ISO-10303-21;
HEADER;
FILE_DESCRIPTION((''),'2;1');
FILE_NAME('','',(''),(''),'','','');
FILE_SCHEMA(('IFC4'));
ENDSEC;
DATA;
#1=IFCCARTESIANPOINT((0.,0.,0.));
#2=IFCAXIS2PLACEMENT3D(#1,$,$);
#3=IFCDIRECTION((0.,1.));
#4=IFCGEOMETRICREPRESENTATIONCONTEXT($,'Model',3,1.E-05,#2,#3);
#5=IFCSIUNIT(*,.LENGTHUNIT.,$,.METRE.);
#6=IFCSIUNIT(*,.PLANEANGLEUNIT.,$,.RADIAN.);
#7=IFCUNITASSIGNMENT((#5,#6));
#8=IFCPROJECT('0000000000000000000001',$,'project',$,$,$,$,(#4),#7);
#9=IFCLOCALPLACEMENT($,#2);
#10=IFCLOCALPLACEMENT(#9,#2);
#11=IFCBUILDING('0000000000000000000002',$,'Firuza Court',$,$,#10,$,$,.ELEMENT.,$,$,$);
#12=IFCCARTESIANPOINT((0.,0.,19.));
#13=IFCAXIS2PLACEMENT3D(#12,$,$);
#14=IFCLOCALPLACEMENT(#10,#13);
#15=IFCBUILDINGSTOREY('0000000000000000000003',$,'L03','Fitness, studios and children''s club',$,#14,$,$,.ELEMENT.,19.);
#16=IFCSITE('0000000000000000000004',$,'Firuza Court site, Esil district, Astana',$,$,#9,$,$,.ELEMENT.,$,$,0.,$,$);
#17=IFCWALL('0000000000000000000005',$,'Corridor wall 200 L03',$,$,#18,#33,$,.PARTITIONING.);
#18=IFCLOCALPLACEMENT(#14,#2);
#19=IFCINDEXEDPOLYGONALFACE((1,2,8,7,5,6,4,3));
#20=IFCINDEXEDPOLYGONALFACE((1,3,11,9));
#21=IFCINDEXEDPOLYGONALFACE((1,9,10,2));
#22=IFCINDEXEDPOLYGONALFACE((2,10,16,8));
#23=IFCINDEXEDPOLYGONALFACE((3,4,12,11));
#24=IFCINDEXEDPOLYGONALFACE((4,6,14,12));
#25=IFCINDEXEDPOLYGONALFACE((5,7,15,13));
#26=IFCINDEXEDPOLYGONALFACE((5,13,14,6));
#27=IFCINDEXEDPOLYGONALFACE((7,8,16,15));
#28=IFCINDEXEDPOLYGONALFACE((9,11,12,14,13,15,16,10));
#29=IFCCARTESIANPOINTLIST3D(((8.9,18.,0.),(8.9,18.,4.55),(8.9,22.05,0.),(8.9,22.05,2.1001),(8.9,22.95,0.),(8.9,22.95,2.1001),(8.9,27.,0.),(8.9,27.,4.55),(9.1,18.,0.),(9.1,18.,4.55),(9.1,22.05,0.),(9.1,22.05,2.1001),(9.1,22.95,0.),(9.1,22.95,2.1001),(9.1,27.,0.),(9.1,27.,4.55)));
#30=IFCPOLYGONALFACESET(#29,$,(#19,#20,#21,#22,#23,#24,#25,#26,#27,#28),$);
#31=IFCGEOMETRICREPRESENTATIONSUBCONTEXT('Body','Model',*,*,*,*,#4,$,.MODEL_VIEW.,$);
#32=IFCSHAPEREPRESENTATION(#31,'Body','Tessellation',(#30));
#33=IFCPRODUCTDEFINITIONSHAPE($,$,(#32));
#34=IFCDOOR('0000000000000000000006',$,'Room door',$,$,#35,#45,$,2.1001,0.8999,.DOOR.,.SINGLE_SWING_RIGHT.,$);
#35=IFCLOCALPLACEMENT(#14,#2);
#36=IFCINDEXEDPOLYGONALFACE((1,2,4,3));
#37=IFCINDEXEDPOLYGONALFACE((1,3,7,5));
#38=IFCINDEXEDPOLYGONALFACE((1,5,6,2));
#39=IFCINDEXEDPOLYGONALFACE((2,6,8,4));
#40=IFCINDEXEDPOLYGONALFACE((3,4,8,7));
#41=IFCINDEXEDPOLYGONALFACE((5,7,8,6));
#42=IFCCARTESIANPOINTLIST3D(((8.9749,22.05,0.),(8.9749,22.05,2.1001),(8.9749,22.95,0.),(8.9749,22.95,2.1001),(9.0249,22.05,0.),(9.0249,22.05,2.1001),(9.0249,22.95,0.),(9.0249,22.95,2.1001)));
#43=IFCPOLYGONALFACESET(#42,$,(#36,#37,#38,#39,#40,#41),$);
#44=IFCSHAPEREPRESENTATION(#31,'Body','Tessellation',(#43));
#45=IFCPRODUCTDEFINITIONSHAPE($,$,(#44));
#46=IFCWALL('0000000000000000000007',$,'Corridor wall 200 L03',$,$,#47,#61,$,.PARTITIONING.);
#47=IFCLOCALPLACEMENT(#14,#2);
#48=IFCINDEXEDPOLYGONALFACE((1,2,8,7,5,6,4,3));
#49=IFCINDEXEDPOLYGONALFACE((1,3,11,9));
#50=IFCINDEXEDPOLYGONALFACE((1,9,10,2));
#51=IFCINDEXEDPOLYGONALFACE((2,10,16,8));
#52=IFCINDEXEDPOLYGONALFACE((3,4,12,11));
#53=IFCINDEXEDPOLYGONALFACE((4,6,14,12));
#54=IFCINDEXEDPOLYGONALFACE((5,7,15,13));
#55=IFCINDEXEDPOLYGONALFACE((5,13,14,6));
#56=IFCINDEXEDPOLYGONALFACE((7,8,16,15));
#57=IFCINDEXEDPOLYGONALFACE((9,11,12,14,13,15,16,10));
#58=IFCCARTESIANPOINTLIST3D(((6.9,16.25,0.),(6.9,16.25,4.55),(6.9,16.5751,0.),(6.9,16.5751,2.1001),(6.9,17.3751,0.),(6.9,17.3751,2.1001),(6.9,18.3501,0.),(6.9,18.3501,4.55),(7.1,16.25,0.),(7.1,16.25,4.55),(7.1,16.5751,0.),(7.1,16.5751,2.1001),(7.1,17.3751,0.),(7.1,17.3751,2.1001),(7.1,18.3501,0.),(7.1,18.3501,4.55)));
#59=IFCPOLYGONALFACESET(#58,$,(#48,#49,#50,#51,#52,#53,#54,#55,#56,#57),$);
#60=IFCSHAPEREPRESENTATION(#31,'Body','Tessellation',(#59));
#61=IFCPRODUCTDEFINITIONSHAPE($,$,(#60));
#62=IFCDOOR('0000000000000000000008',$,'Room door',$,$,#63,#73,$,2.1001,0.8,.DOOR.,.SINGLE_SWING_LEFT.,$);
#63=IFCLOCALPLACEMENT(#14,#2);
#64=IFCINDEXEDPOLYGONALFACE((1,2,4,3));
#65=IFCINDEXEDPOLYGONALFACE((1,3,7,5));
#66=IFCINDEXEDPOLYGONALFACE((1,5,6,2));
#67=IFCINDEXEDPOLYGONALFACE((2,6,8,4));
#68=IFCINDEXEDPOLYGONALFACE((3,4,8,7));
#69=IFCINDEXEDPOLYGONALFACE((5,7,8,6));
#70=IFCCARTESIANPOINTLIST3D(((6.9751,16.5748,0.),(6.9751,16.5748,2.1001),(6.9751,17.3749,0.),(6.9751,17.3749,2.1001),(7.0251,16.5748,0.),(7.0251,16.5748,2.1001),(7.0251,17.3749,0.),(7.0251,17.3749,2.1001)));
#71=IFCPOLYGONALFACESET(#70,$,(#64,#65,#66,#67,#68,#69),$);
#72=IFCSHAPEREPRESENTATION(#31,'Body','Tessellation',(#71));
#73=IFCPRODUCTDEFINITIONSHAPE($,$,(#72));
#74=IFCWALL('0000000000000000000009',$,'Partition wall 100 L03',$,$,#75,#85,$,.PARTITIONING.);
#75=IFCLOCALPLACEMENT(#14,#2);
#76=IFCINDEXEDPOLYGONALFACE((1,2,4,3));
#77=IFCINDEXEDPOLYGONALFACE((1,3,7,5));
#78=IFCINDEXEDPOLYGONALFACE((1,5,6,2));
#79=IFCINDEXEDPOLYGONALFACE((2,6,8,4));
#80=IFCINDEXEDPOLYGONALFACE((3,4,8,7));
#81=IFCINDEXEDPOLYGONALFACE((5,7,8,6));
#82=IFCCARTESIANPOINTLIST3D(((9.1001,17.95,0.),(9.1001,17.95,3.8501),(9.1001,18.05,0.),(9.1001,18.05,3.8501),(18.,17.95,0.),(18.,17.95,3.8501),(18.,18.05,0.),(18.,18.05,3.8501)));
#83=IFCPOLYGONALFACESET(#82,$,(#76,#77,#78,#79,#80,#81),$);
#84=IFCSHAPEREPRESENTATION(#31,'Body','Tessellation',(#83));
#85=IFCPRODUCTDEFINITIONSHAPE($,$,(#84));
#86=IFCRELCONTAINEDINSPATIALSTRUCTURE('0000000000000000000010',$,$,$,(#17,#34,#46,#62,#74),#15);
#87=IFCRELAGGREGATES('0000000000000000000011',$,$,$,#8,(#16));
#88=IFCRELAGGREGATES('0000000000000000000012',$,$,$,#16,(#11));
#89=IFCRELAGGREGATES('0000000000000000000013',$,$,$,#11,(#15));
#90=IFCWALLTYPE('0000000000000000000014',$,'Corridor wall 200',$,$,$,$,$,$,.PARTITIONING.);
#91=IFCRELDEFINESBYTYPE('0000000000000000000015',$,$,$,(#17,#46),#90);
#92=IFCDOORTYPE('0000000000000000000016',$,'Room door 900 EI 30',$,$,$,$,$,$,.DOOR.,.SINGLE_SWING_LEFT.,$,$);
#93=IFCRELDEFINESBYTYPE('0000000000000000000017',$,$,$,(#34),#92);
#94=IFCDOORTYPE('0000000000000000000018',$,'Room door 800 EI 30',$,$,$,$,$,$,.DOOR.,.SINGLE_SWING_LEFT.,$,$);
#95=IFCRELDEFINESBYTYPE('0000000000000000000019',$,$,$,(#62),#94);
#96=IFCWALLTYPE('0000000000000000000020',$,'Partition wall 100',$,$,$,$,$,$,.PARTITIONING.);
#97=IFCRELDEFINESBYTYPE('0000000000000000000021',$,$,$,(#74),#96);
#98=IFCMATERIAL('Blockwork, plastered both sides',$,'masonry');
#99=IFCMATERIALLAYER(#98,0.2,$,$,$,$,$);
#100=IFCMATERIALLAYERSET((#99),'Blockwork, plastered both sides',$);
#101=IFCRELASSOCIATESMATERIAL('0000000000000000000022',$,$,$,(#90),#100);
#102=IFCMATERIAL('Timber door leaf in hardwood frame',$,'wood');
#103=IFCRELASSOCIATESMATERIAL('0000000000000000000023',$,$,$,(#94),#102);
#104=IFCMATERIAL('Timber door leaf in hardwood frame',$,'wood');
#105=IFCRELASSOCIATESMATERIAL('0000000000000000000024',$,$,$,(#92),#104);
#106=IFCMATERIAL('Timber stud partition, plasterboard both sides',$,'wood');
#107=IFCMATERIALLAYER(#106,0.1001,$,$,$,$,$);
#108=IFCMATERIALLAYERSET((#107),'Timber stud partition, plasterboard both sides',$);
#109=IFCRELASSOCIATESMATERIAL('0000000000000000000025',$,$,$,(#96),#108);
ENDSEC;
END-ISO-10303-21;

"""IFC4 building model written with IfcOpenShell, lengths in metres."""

from ifc_helpers import new_model, si_unit, direction, frame, frame_2d, origin, place, context, subcontext, project, spatial, rectangle, extrude, material, layer, layer_set, type_object, element, fill, save


model = new_model("IFC4")

# Units and contexts
model_context = context("Model", 3, precision=1e-05, world=origin(), true_north=direction((0.0, 1.0)))
body_context = subcontext(model_context, "Body", "Model", "MODEL_VIEW")
ifc_project = project(units=[si_unit("LENGTHUNIT", "METRE"), si_unit("PLANEANGLEUNIT", "RADIAN")], contexts=[model_context])

# Site, building, storey
site_placement = place(None, origin())
site = spatial("IfcSite", under=ifc_project, at=site_placement, Name="Firuza Court site, Esil district, Astana", CompositionType="ELEMENT", RefElevation=0.0)
building_placement = place(site_placement, origin())
building = spatial("IfcBuilding", under=site, at=building_placement, Name="Firuza Court", CompositionType="ELEMENT")
storey_placement = place(building_placement, frame((0.0, 0.0, 19.0)))
storey = spatial("IfcBuildingStorey", under=building, at=storey_placement, Name="L03", Description="Fitness, studios and children's club", CompositionType="ELEMENT", Elevation=19.0)

# Walls, openings, doors
ifc_material_1 = material(Name="Blockwork, plastered both sides", Category="masonry")
ifc_layer_1 = layer(ifc_material_1, 0.2)
ifc_layer_set_1 = layer_set([ifc_layer_1], Name="Blockwork, plastered both sides")
wall_type_1 = type_object("IfcWallType", Name="Corridor wall 200", PredefinedType="PARTITIONING", material=ifc_layer_set_1)
ifc_material_2 = material(Name="Timber door leaf in hardwood frame", Category="wood")
door_type_1 = type_object("IfcDoorType", Name="Room door 800 EI 30", OperationType="SINGLE_SWING_LEFT", PredefinedType="DOOR", material=ifc_material_2)
wall_1_placement = place(storey_placement, frame((9.0, 18.0, 0.0), z_axis=(0.0, 0.0, 1.0), x_axis=(0.0, 1.0, 0.0)))
wall_1 = element("IfcWall", 1, at=wall_1_placement, inside=storey, type_object=wall_type_1, Name="Corridor wall 200 L03", PredefinedType="PARTITIONING", context=body_context, shape_type="SweptSolid", body=[
    extrude(rectangle(XDim=9.0, YDim=0.2, at=frame_2d((4.5, 0.0))), origin(), (0.0, 0.0, 1.0), 4.55),
])
opening_1_placement = place(wall_1_placement, frame((4.05, 0.0, 0.0)))
opening_1 = element("IfcOpeningElement", 2, at=opening_1_placement, cuts=wall_1, PredefinedType="OPENING", context=body_context, shape_type="SweptSolid", body=[
    extrude(rectangle(XDim=0.8999, YDim=2.1001, at=frame_2d((0.45, 1.05))), frame((0.0, 0.1118, 0.0), z_axis=(0.0, -1.0, 0.0), x_axis=(1.0, 0.0, 0.0)), (0.0, 0.0, 1.0), 0.2239),
])
ifc_material_3 = material(Name="Timber door leaf in hardwood frame", Category="wood")
door_type_2 = type_object("IfcDoorType", Name="Room door 900 EI 30", OperationType="SINGLE_SWING_LEFT", PredefinedType="DOOR", material=ifc_material_3)
door_1_placement = place(opening_1_placement, frame((0.8999, 0.0, 0.0), z_axis=(0.0, 0.0, 1.0), x_axis=(-1.0, 0.0, 0.0)))
door_1 = element("IfcDoor", 3, at=door_1_placement, inside=storey, type_object=door_type_2, Name="Room door", OperationType="SINGLE_SWING_RIGHT", OverallHeight=2.1001, OverallWidth=0.8999, PredefinedType="DOOR", context=body_context, shape_type="SweptSolid", body=[
    extrude(rectangle(XDim=0.8999, YDim=2.1001, at=frame_2d((0.45, 1.05))), frame((0.0, 0.0249, 0.0), z_axis=(0.0, -1.0, 0.0), x_axis=(1.0, 0.0, 0.0)), (0.0, 0.0, 1.0), 0.05),
])
fill(opening_1, door_1)
wall_2_placement = place(storey_placement, frame((7.0, 18.3501, 0.0), z_axis=(0.0, 0.0, 1.0), x_axis=(0.0, -1.0, 0.0)))
wall_2 = element("IfcWall", 4, at=wall_2_placement, inside=storey, type_object=wall_type_1, Name="Corridor wall 200 L03", PredefinedType="PARTITIONING", context=body_context, shape_type="SweptSolid", body=[
    extrude(rectangle(XDim=2.1001, YDim=0.2, at=frame_2d((1.05, 0.0))), origin(), (0.0, 0.0, 1.0), 4.55),
])
opening_2_placement = place(wall_2_placement, frame((0.9751, 0.0, 0.0)))
opening_2 = element("IfcOpeningElement", 5, at=opening_2_placement, cuts=wall_2, PredefinedType="OPENING", context=body_context, shape_type="SweptSolid", body=[
    extrude(rectangle(XDim=0.8, YDim=2.1001, at=frame_2d((0.3999, 1.05))), frame((0.0, 0.1118, 0.0), z_axis=(0.0, -1.0, 0.0), x_axis=(1.0, 0.0, 0.0)), (0.0, 0.0, 1.0), 0.2239),
])
door_2_placement = place(opening_2_placement, frame((0.8, 0.0, 0.0), z_axis=(0.0, 0.0, 1.0), x_axis=(-1.0, 0.0, 0.0)))
door_2 = element("IfcDoor", 6, at=door_2_placement, inside=storey, type_object=door_type_1, Name="Room door", OperationType="SINGLE_SWING_LEFT", OverallHeight=2.1001, OverallWidth=0.8, PredefinedType="DOOR", context=body_context, shape_type="SweptSolid", body=[
    extrude(rectangle(XDim=0.8, YDim=2.1001, at=frame_2d((0.3999, 1.05))), frame((0.0, 0.0249, 0.0), z_axis=(0.0, -1.0, 0.0), x_axis=(1.0, 0.0, 0.0)), (0.0, 0.0, 1.0), 0.05),
])
fill(opening_2, door_2)

# Wall
ifc_material_4 = material(Name="Timber stud partition, plasterboard both sides", Category="wood")
ifc_layer_2 = layer(ifc_material_4, 0.1001)
ifc_layer_set_2 = layer_set([ifc_layer_2], Name="Timber stud partition, plasterboard both sides")
wall_type_2 = type_object("IfcWallType", Name="Partition wall 100", PredefinedType="PARTITIONING", material=ifc_layer_set_2)
wall_3_placement = place(storey_placement, frame((18.0, 18.0, 0.0), z_axis=(0.0, 0.0, 1.0), x_axis=(-1.0, 0.0, 0.0)))
element("IfcWall", 7, at=wall_3_placement, inside=storey, type_object=wall_type_2, Name="Partition wall 100 L03", PredefinedType="PARTITIONING", context=body_context, shape_type="SweptSolid", body=[
    extrude(rectangle(XDim=8.8999, YDim=0.1001, at=frame_2d((4.45, 0.0))), origin(), (0.0, 0.0, 1.0), 3.8501),
])

save(model, "model.ifc")
